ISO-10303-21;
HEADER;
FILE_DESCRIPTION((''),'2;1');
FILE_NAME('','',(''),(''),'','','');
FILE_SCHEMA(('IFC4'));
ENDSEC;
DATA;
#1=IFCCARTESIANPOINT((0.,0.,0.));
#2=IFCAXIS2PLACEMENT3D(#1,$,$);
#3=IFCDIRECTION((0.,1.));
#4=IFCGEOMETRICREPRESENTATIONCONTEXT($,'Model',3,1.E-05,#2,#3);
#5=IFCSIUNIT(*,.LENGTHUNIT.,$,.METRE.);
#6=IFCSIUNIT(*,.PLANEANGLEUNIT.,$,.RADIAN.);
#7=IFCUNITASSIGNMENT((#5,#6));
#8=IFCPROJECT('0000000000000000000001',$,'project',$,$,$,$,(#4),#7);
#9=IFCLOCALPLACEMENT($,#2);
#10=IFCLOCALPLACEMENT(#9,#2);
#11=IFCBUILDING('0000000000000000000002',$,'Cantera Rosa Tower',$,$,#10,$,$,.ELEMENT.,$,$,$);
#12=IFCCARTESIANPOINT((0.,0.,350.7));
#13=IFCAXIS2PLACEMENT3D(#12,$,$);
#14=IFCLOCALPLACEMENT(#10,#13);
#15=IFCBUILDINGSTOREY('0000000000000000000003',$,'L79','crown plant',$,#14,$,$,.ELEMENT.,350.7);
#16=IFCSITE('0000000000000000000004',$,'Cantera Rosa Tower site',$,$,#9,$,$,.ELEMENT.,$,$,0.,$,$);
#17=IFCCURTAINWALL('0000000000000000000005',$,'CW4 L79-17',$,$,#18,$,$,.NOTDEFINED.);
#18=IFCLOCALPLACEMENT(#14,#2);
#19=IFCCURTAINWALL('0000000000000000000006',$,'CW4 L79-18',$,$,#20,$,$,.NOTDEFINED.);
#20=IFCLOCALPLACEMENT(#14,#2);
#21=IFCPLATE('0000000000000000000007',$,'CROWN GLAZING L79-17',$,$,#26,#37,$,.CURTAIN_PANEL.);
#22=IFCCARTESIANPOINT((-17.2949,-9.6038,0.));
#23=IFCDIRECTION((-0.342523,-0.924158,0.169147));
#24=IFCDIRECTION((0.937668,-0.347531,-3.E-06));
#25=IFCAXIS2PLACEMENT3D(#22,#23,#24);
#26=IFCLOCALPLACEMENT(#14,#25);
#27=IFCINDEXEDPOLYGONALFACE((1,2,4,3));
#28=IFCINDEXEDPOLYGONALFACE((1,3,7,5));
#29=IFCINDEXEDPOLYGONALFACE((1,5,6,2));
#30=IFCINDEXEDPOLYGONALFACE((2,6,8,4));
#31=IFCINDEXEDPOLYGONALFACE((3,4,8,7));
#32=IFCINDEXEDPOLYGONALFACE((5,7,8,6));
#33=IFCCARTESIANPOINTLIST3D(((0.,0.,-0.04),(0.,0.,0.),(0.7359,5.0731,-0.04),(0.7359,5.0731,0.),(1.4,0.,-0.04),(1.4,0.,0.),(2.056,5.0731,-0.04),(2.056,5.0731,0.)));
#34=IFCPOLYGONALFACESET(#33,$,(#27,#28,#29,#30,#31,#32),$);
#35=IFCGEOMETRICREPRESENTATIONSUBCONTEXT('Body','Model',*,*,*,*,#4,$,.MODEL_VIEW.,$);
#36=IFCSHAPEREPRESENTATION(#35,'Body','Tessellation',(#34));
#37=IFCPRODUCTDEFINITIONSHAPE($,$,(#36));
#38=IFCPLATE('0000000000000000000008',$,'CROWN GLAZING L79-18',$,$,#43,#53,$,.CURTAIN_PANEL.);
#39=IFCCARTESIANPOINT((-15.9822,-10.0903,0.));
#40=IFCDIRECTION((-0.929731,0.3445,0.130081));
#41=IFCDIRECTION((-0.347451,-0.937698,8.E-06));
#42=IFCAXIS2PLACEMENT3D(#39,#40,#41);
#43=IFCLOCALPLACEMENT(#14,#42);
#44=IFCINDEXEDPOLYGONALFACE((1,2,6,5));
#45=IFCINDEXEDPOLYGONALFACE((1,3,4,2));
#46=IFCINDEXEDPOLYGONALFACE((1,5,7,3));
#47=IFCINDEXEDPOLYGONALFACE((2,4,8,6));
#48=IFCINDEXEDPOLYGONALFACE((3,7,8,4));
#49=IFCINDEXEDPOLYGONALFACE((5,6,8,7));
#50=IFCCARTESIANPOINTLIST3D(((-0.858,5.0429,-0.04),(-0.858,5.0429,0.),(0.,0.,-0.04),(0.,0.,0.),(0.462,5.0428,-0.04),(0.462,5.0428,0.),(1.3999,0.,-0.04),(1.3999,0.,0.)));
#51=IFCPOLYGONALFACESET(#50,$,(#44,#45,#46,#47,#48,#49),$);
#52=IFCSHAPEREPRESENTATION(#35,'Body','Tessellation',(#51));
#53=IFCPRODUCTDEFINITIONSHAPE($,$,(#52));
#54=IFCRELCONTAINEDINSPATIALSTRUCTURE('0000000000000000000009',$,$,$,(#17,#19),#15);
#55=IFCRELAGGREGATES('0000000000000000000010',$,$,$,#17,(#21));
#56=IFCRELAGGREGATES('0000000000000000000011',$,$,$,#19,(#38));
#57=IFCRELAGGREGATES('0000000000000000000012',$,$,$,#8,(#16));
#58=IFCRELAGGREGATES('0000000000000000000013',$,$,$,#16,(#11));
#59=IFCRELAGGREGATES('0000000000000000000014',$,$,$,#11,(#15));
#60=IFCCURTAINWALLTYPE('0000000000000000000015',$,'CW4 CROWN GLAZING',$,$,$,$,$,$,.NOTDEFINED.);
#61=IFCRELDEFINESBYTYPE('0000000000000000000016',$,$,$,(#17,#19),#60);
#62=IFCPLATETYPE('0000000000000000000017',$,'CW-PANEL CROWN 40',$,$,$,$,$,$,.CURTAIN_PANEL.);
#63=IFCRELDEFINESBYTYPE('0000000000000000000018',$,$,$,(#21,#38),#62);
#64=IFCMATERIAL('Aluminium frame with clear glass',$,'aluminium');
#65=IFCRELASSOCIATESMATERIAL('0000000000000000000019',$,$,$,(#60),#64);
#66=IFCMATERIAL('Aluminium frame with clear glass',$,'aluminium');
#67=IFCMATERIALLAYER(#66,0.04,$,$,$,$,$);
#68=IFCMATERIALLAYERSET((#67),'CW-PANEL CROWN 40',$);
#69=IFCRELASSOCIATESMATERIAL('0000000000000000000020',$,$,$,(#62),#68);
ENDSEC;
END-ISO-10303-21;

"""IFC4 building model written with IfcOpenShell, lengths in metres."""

from ifc_helpers import new_model, si_unit, direction, frame, origin, place, context, subcontext, project, spatial, polyline, outline, extrude, material, layer, layer_set, type_object, element, aggregate, save


model = new_model("IFC4")

# Units and contexts
model_context = context("Model", 3, precision=1e-05, world=origin(), true_north=direction((0.0, 1.0)))
body_context = subcontext(model_context, "Body", "Model", "MODEL_VIEW")
ifc_project = project(units=[si_unit("LENGTHUNIT", "METRE"), si_unit("PLANEANGLEUNIT", "RADIAN")], contexts=[model_context])

# Site, building, storey
site_placement = place(None, origin())
site = spatial("IfcSite", under=ifc_project, at=site_placement, Name="Cantera Rosa Tower site", CompositionType="ELEMENT", RefElevation=0.0)
building_placement = place(site_placement, origin())
building = spatial("IfcBuilding", under=site, at=building_placement, Name="Cantera Rosa Tower", CompositionType="ELEMENT")
storey_placement = place(building_placement, frame((0.0, 0.0, 350.7)))
storey = spatial("IfcBuildingStorey", under=building, at=storey_placement, Name="L79", Description="crown plant", CompositionType="ELEMENT", Elevation=350.7)

# Curtain walls
ifc_material_1 = material(Name="Aluminium frame with clear glass", Category="aluminium")
curtain_wall_type = type_object("IfcCurtainWallType", Name="CW4 CROWN GLAZING", PredefinedType="NOTDEFINED", material=ifc_material_1)
curtain_wall_1_placement = place(storey_placement, origin())
curtain_wall_1 = element("IfcCurtainWall", 1, at=curtain_wall_1_placement, inside=storey, type_object=curtain_wall_type, Name="CW4 L79-17", PredefinedType="NOTDEFINED")
curtain_wall_2_placement = place(storey_placement, origin())
curtain_wall_2 = element("IfcCurtainWall", 2, at=curtain_wall_2_placement, inside=storey, type_object=curtain_wall_type, Name="CW4 L79-18", PredefinedType="NOTDEFINED")

# Plates
ifc_material_2 = material(Name="Aluminium frame with clear glass", Category="aluminium")
ifc_layer_1 = layer(ifc_material_2, 0.04)
ifc_layer_set_1 = layer_set([ifc_layer_1], Name="CW-PANEL CROWN 40")
plate_type = type_object("IfcPlateType", Name="CW-PANEL CROWN 40", PredefinedType="CURTAIN_PANEL", material=ifc_layer_set_1)
plate_1_placement = place(storey_placement, frame((-17.2949, -9.6038, 0.0), z_axis=(-0.342523, -0.924158, 0.169147), x_axis=(0.937668, -0.347531, -0.000003)))
plate_1 = element("IfcPlate", 3, at=plate_1_placement, type_object=plate_type, Name="CROWN GLAZING L79-17", PredefinedType="CURTAIN_PANEL", context=body_context, shape_type="SweptSolid", body=[
    extrude(outline(polyline([(0.0, 0.0), (1.4, 0.0), (2.056, 5.0731), (0.7359, 5.0731), (0.0, 0.0)])), origin(), (0.0, 0.0, -1.0), 0.04),
])
plate_2_placement = place(storey_placement, frame((-15.9822, -10.0903, 0.0), z_axis=(-0.929731, 0.3445, 0.130081), x_axis=(-0.347451, -0.937698, 0.000008)))
plate_2 = element("IfcPlate", 4, at=plate_2_placement, type_object=plate_type, Name="CROWN GLAZING L79-18", PredefinedType="CURTAIN_PANEL", context=body_context, shape_type="SweptSolid", body=[
    extrude(outline(polyline([(0.0, 0.0), (1.3999, 0.0), (0.462, 5.0428), (-0.858, 5.0429), (0.0, 0.0)])), origin(), (0.0, 0.0, -1.0), 0.04),
])

aggregate(curtain_wall_1, [plate_1])
aggregate(curtain_wall_2, [plate_2])

save(model, "model.ifc")
